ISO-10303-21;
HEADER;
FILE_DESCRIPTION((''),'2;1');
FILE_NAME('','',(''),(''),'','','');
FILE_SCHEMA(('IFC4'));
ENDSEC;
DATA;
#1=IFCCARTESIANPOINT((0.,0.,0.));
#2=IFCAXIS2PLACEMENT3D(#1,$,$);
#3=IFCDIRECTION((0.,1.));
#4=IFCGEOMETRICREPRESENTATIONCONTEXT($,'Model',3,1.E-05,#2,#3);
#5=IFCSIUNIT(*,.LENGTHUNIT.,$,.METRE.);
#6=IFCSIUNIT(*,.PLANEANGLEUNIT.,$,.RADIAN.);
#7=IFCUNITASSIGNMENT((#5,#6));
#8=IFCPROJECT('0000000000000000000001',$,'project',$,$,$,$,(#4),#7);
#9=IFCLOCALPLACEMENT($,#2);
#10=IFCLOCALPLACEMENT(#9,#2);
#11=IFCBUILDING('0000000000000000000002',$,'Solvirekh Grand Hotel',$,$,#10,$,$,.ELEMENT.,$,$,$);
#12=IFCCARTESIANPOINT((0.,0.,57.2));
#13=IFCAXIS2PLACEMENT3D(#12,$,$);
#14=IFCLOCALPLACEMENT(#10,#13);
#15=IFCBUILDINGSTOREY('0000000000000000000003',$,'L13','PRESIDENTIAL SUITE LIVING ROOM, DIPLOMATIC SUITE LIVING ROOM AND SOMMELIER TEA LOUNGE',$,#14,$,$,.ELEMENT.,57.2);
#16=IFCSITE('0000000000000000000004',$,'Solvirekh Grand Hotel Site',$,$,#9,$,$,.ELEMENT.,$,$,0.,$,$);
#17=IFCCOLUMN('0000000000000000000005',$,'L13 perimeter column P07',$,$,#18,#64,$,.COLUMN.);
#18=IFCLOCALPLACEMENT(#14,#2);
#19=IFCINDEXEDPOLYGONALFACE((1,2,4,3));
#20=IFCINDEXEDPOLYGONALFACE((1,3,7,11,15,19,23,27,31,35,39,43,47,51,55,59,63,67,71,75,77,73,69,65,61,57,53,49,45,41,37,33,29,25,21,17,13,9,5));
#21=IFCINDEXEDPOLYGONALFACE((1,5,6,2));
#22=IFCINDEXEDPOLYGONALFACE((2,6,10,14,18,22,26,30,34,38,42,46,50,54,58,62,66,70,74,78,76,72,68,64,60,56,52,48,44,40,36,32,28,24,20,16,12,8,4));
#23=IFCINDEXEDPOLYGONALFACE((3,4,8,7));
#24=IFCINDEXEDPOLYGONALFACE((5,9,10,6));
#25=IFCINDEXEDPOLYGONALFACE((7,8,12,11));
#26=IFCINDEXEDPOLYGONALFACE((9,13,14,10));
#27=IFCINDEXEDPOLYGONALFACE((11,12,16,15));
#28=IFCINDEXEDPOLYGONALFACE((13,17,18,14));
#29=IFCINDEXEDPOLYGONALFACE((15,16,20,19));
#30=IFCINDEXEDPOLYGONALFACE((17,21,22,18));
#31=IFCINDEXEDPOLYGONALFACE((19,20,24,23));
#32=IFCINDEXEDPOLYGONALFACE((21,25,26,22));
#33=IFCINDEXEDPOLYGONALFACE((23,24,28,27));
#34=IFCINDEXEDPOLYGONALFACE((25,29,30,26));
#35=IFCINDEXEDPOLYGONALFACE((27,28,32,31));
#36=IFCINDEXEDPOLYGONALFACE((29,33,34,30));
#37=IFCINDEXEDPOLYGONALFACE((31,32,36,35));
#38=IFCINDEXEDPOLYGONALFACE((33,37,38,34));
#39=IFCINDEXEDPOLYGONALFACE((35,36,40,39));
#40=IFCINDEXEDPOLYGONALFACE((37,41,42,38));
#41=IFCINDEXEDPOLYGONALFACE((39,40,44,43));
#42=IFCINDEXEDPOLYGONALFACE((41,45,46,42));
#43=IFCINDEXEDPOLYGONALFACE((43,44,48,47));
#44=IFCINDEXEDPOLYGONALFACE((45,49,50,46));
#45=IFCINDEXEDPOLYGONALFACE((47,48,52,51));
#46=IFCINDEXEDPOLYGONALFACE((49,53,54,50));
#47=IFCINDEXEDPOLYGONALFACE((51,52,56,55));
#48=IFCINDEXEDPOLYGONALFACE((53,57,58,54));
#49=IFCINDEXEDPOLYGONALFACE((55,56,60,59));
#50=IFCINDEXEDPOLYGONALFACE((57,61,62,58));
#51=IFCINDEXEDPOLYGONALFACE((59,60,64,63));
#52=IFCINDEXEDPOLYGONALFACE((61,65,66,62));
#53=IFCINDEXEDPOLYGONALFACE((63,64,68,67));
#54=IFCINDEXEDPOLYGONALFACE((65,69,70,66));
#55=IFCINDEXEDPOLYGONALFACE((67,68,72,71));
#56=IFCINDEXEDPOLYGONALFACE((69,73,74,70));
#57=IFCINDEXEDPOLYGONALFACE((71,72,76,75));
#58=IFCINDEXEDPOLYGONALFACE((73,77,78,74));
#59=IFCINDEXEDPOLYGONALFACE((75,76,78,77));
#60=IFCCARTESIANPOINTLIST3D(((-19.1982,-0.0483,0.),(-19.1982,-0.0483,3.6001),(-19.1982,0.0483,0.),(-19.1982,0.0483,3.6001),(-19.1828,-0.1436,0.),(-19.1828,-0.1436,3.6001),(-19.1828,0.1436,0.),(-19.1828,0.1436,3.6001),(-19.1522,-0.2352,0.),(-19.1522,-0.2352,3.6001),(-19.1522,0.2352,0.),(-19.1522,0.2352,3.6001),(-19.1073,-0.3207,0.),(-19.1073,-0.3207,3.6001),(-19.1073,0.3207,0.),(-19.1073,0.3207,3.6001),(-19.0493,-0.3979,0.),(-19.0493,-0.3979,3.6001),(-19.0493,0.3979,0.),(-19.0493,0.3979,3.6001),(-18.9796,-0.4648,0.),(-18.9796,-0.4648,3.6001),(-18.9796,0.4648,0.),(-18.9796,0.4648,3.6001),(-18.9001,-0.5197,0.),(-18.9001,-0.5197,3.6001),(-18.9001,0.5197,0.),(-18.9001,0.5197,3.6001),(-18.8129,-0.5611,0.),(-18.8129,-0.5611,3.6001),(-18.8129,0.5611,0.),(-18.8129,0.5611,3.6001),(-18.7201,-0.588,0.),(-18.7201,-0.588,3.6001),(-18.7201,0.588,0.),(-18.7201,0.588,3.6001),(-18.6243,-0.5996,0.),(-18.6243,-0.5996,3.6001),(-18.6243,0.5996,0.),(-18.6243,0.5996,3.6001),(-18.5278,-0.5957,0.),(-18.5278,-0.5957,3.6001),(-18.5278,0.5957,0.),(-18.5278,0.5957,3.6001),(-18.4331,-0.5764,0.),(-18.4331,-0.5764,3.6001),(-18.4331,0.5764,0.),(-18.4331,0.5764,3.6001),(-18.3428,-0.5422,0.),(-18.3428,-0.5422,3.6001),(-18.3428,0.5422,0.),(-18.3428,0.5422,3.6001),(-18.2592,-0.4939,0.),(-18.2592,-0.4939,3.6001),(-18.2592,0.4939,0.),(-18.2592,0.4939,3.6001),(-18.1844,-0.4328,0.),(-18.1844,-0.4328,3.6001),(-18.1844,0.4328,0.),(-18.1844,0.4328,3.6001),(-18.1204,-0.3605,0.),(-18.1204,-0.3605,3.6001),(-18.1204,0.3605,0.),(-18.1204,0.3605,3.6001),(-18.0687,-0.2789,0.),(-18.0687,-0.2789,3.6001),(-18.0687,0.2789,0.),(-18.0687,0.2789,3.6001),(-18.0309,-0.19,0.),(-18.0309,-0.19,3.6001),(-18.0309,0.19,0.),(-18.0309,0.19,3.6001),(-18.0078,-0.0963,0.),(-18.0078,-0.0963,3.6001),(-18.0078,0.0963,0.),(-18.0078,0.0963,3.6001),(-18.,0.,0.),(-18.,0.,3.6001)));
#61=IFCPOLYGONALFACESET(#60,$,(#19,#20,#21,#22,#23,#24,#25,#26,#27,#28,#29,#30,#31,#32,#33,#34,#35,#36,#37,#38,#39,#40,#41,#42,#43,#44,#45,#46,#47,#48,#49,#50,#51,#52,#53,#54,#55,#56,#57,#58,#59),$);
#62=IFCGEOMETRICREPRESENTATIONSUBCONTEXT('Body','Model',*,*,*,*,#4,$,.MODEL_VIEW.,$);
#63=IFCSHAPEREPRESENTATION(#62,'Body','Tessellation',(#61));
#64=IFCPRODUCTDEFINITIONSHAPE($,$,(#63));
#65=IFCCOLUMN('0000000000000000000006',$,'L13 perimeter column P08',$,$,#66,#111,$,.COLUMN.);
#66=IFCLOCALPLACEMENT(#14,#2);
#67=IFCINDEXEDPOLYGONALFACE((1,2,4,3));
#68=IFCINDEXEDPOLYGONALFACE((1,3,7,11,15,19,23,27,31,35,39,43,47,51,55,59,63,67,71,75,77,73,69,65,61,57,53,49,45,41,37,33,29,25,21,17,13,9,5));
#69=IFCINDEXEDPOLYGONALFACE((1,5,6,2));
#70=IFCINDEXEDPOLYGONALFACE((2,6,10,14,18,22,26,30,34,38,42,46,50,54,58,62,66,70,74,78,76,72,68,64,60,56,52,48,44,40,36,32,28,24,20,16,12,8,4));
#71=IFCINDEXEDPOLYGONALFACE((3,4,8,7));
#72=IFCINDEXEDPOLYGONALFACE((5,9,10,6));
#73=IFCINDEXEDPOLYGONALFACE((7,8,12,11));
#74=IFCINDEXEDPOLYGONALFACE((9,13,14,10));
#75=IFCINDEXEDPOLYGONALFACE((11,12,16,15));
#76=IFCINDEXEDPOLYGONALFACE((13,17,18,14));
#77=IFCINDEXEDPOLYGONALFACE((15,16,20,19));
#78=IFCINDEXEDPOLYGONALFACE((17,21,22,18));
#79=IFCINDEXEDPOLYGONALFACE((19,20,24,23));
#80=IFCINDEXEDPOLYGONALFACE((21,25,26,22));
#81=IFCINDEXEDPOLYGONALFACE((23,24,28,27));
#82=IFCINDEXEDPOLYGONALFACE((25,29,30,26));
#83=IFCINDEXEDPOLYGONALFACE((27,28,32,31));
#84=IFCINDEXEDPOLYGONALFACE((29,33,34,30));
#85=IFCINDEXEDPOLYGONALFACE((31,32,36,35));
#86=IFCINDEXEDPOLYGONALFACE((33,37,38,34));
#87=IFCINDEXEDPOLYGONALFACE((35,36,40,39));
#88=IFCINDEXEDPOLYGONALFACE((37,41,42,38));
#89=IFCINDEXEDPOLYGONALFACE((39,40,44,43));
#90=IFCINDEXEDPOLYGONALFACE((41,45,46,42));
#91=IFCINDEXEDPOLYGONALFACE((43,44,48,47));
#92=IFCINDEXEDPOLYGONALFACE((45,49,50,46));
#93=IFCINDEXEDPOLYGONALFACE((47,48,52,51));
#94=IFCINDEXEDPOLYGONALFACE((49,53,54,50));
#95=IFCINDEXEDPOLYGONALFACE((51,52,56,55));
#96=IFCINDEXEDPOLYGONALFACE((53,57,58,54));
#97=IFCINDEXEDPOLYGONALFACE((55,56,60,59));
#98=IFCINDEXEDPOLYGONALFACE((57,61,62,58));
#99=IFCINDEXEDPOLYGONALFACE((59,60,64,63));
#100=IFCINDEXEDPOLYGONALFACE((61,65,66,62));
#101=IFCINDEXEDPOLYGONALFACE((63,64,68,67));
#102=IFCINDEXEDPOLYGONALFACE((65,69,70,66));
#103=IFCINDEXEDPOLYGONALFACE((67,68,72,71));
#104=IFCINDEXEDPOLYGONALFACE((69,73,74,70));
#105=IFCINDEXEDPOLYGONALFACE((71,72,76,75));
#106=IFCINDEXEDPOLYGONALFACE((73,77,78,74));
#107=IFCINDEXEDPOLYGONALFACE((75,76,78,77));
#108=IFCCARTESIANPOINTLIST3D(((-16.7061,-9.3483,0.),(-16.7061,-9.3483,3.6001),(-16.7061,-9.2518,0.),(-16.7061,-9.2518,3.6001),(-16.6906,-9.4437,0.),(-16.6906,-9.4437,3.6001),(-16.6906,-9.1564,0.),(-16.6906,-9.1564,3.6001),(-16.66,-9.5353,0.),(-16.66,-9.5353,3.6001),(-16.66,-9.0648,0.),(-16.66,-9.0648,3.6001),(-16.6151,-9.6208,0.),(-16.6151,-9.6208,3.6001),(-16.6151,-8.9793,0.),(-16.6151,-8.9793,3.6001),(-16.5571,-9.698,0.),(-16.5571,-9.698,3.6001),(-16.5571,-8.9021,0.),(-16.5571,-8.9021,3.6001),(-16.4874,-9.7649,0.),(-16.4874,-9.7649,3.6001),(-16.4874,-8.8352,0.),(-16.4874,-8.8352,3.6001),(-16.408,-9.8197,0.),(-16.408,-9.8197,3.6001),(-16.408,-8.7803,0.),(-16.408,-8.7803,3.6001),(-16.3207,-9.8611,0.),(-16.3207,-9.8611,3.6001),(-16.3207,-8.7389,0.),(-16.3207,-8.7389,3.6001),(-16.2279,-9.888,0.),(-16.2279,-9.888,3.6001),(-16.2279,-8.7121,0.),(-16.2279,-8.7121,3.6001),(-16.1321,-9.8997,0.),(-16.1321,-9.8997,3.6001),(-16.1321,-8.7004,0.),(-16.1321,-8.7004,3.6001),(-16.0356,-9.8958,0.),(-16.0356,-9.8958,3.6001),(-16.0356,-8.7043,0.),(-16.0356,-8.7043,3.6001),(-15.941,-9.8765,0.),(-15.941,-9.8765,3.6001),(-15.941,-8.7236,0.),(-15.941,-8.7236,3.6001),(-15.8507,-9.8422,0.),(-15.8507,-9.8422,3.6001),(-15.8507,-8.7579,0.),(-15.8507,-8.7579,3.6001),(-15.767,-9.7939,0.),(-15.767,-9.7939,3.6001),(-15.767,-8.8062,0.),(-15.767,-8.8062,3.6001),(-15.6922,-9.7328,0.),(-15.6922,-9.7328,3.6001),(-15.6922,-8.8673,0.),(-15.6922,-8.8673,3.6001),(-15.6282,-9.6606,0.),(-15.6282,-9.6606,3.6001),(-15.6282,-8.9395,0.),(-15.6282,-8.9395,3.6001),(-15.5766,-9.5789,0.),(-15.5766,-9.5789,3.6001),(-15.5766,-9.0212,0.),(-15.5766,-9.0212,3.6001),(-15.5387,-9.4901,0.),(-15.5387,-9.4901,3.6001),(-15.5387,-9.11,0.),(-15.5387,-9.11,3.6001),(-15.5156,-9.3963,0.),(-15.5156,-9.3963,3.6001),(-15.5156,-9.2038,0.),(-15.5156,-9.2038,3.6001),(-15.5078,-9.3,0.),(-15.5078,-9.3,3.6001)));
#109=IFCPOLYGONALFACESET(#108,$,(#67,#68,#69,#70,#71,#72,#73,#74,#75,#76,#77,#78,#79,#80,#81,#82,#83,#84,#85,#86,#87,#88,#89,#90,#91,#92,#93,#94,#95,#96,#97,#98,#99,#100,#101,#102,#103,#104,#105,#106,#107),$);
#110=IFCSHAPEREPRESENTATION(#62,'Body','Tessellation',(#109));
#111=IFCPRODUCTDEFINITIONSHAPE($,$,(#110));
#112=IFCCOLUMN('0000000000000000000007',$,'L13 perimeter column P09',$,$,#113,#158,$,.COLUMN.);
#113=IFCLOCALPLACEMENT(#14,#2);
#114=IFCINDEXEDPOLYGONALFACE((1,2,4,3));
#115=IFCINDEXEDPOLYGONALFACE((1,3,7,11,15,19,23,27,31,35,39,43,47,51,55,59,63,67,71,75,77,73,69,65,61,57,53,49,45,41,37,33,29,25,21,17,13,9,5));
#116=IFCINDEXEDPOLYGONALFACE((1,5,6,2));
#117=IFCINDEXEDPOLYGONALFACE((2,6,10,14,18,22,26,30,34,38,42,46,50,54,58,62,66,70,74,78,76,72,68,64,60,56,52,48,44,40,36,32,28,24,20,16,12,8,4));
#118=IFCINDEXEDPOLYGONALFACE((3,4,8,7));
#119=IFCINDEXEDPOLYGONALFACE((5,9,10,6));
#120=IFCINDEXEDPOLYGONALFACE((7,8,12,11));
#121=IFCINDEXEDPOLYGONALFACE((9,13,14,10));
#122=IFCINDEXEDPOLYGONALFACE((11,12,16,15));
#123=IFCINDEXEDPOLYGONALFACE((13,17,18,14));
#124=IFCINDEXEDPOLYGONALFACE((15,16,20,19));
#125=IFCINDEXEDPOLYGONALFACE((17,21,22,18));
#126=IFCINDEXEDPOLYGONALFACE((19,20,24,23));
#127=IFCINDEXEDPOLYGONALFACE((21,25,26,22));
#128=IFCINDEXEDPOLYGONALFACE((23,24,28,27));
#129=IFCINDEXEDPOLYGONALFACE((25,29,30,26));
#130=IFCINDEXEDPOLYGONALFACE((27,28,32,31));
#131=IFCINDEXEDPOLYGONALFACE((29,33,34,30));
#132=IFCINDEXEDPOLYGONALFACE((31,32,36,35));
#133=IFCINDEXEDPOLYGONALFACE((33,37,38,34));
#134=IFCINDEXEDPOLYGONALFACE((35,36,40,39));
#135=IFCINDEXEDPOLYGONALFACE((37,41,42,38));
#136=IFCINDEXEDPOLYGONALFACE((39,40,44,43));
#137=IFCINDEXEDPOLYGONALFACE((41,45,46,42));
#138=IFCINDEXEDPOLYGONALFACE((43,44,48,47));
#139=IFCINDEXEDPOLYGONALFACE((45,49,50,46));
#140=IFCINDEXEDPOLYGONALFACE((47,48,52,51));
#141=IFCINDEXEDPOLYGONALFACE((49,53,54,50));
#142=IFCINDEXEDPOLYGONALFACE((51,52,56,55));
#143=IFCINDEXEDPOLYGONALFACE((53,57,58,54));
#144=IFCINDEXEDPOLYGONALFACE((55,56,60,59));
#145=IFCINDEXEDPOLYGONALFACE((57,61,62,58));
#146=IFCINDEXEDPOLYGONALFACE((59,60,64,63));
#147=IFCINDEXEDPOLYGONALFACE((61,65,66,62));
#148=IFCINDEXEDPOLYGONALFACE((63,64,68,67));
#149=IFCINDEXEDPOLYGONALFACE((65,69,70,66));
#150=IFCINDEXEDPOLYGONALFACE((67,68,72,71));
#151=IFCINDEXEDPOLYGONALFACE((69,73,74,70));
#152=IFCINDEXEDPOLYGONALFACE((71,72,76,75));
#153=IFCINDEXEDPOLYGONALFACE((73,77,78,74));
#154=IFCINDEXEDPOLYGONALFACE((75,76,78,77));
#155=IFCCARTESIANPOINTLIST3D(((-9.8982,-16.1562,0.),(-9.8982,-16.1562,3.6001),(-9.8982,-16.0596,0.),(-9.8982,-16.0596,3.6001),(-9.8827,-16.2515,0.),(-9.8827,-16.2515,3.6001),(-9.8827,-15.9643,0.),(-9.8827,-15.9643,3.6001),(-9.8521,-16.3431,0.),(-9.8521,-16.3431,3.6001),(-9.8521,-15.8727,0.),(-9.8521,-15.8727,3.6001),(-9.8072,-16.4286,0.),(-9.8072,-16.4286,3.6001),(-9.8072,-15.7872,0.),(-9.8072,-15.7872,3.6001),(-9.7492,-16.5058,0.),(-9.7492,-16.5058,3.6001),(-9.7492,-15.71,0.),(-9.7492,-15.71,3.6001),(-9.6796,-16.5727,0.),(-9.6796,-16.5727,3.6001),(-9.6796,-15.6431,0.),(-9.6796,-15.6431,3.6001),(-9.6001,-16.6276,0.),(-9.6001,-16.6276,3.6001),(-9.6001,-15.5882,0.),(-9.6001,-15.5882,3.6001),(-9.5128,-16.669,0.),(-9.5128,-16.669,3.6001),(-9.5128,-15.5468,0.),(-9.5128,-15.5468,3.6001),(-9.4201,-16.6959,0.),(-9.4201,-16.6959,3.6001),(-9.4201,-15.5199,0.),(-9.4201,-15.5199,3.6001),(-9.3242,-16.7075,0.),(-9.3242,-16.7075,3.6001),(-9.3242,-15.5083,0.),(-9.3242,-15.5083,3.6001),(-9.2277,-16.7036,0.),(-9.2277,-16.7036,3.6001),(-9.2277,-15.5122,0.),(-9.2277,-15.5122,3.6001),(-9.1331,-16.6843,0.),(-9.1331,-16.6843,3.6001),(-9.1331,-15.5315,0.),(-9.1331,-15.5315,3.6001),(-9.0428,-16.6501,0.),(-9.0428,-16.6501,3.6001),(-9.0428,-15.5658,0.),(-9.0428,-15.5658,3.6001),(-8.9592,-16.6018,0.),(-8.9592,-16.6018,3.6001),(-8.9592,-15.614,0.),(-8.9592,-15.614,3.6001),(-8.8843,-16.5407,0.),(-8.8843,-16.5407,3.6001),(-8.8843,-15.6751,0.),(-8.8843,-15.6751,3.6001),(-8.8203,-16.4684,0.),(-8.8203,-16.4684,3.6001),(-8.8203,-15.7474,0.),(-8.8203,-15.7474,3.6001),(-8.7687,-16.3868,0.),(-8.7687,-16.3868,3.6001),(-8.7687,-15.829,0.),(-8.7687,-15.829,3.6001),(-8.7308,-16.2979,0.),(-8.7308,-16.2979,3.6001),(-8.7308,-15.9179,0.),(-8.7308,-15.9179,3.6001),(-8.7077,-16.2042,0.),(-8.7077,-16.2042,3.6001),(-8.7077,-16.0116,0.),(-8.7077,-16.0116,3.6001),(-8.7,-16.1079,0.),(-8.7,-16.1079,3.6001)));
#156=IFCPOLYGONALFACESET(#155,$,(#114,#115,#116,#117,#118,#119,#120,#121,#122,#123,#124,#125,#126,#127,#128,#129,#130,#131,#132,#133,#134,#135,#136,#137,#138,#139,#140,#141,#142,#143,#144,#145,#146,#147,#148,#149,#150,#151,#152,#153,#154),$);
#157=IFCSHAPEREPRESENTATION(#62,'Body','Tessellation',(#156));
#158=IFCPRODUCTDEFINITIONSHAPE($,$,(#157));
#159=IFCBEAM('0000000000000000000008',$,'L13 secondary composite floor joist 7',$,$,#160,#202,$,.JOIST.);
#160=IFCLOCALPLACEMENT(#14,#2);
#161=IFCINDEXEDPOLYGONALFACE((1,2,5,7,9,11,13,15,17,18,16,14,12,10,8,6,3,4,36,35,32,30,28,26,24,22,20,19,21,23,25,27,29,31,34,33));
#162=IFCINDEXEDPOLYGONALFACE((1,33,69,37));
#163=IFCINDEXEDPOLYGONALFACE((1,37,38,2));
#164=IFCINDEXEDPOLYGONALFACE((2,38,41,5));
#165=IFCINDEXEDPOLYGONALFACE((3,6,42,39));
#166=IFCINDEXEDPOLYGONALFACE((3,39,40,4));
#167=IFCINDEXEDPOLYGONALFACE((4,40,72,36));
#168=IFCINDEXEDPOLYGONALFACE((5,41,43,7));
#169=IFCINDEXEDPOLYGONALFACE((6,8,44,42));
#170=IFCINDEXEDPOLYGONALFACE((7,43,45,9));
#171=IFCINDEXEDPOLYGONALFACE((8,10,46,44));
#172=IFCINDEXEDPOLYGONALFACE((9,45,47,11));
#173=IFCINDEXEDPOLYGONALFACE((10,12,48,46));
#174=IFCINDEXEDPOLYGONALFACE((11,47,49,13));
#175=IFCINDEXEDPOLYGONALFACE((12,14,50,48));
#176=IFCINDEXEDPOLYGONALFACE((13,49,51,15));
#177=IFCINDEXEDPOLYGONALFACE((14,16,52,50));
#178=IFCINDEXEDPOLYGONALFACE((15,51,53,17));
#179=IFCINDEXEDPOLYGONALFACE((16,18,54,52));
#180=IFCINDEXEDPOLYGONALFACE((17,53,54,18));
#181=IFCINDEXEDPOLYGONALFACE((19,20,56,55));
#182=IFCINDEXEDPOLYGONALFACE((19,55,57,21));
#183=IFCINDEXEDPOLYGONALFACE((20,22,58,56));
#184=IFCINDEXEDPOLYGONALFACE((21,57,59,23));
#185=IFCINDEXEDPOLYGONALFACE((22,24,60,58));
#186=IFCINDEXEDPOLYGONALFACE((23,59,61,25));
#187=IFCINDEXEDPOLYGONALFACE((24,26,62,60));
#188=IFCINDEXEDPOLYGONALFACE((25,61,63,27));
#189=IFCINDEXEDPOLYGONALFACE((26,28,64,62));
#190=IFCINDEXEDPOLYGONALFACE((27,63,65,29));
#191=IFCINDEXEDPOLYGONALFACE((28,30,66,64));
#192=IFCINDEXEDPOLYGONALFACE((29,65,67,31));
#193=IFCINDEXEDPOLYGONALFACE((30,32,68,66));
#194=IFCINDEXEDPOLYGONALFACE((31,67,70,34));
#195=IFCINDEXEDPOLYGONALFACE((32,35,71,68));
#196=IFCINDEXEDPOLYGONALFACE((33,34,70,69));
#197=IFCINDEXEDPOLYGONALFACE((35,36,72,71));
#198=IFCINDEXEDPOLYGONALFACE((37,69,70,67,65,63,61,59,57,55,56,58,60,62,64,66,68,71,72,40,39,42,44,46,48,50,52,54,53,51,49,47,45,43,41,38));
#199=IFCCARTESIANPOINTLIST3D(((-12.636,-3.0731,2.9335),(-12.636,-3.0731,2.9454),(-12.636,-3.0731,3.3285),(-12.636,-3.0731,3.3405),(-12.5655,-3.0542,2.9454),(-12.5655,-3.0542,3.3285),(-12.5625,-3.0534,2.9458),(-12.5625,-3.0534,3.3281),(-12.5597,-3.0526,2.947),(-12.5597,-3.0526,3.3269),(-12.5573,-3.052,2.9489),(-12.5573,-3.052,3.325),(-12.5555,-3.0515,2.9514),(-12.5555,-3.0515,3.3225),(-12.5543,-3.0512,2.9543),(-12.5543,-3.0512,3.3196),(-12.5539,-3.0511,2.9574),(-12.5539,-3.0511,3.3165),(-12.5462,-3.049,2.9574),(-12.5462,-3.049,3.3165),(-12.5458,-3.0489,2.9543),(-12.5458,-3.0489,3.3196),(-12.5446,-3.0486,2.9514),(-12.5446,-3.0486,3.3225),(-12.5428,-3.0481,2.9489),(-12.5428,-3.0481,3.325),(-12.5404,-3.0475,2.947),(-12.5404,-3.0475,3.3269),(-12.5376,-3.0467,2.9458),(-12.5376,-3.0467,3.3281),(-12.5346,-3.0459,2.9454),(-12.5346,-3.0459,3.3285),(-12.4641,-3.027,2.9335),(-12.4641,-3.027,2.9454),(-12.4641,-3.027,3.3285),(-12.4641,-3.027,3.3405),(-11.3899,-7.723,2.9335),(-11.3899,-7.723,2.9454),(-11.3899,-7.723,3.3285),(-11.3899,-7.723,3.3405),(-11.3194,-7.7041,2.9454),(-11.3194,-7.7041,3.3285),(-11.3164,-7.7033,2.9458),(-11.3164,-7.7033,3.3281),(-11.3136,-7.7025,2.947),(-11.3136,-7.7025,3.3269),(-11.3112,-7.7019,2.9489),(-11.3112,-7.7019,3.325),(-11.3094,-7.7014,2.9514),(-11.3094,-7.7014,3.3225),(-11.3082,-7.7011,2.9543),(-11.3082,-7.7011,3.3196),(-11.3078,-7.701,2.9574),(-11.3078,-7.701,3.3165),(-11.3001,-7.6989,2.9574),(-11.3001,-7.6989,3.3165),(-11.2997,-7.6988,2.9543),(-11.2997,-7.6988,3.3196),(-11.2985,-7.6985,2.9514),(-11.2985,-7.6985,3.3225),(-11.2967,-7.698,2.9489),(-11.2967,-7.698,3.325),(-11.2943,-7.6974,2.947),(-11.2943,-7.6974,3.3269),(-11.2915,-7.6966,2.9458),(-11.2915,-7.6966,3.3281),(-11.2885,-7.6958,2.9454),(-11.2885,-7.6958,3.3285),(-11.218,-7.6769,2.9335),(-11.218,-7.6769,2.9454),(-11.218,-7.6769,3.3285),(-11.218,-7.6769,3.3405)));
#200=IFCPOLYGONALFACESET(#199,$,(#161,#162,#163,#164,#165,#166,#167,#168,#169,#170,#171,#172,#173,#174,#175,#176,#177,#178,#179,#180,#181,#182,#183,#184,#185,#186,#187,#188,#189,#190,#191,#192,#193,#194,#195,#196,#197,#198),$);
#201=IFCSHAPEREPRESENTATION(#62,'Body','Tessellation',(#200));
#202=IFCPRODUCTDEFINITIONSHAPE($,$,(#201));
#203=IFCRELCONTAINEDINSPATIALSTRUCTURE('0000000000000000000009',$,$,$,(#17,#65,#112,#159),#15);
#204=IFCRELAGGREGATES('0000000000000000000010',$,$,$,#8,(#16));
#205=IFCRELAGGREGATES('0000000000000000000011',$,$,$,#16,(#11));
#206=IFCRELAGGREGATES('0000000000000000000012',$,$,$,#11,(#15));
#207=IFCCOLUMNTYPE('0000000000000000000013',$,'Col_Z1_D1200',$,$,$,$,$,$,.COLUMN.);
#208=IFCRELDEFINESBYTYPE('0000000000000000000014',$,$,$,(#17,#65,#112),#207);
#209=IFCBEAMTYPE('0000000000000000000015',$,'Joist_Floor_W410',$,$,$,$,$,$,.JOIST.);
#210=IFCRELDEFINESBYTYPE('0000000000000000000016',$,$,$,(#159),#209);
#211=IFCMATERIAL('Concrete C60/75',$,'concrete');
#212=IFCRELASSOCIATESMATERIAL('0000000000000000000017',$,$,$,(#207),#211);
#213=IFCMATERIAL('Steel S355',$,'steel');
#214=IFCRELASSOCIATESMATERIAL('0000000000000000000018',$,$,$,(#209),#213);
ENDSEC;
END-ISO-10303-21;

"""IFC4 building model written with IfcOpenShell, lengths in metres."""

from ifc_helpers import new_model, si_unit, direction, frame, origin, origin_2d, place, context, subcontext, project, spatial, circle, i_section, extrude, material, material_profile, profile_set, type_object, element, save


model = new_model("IFC4")

# Units and contexts
model_context = context("Model", 3, precision=1e-05, world=origin(), true_north=direction((0.0, 1.0)))
body_context = subcontext(model_context, "Body", "Model", "MODEL_VIEW")
ifc_project = project(units=[si_unit("LENGTHUNIT", "METRE"), si_unit("PLANEANGLEUNIT", "RADIAN")], contexts=[model_context])

# Site, building, storey
site_placement = place(None, origin())
site = spatial("IfcSite", under=ifc_project, at=site_placement, Name="Solvirekh Grand Hotel Site", CompositionType="ELEMENT", RefElevation=0.0)
building_placement = place(site_placement, origin())
building = spatial("IfcBuilding", under=site, at=building_placement, Name="Solvirekh Grand Hotel", CompositionType="ELEMENT")
storey_placement = place(building_placement, frame((0.0, 0.0, 57.2)))
storey = spatial("IfcBuildingStorey", under=building, at=storey_placement, Name="L13", Description="PRESIDENTIAL SUITE LIVING ROOM, DIPLOMATIC SUITE LIVING ROOM AND SOMMELIER TEA LOUNGE", CompositionType="ELEMENT", Elevation=57.2)

# Columns
ifc_material_1 = material(Name="Concrete C60/75", Category="concrete")
ifc_material_profile_1 = material_profile(ifc_material_1, circle(Radius=0.6001, at=origin_2d()), Name="RC CIRC D1200")
ifc_profile_set_1 = profile_set([ifc_material_profile_1], Name="Concrete C60/75")
column_type = type_object("IfcColumnType", Name="Col_Z1_D1200", PredefinedType="COLUMN", material=ifc_profile_set_1)
for number, where, z_axis, x_axis, name in (
    (1, (-18.6001, 0.0, 0.0), (0.0, 0.0, 1.0), (1.0, 0.0, 0.0), "L13 perimeter column P07"),
    (2, (-16.1079, -9.3, 0.0), (0.0, 0.0, 1.0), (1.0, 0.0, 0.0), "L13 perimeter column P08"),
    (3, (-9.3, -16.1079, 0.0), (0.0, 0.0, 1.0), (1.0, 0.0, 0.0), "L13 perimeter column P09"),
):
    element("IfcColumn", number, at=place(storey_placement, frame(where, z_axis=z_axis, x_axis=x_axis)), inside=storey, type_object=column_type, Name=name, PredefinedType="COLUMN", context=body_context, shape_type="SweptSolid", body=[
        extrude(circle(Radius=0.6001, at=origin_2d()), origin(), (0.0, 0.0, 1.0), 3.6001),
    ])

# Beam
ifc_material_2 = material(Name="Steel S355", Category="steel")
ifc_material_profile_2 = material_profile(ifc_material_2, i_section(OverallWidth=0.178, OverallDepth=0.407, WebThickness=0.0081, FlangeThickness=0.012, FilletRadius=0.012, at=origin_2d()), Name="W410X60")
ifc_profile_set_2 = profile_set([ifc_material_profile_2], Name="Steel S355")
beam_type_1 = type_object("IfcBeamType", Name="Joist_Floor_W410", PredefinedType="JOIST", material=ifc_profile_set_2)
beam_1_placement = place(storey_placement, frame((-12.55, -3.05, 3.137), z_axis=(0.258849, -0.965918, 0.0), x_axis=(0.965918, 0.258849, 0.0)))
element("IfcBeam", 4, at=beam_1_placement, inside=storey, type_object=beam_type_1, Name="L13 secondary composite floor joist 7", PredefinedType="JOIST", context=body_context, shape_type="SweptSolid", body=[
    extrude(i_section(OverallWidth=0.178, OverallDepth=0.407, WebThickness=0.0081, FlangeThickness=0.012, FilletRadius=0.012, at=origin_2d()), origin(), (0.0, 0.0, 1.0), 4.814),
])

save(model, "model.ifc")
